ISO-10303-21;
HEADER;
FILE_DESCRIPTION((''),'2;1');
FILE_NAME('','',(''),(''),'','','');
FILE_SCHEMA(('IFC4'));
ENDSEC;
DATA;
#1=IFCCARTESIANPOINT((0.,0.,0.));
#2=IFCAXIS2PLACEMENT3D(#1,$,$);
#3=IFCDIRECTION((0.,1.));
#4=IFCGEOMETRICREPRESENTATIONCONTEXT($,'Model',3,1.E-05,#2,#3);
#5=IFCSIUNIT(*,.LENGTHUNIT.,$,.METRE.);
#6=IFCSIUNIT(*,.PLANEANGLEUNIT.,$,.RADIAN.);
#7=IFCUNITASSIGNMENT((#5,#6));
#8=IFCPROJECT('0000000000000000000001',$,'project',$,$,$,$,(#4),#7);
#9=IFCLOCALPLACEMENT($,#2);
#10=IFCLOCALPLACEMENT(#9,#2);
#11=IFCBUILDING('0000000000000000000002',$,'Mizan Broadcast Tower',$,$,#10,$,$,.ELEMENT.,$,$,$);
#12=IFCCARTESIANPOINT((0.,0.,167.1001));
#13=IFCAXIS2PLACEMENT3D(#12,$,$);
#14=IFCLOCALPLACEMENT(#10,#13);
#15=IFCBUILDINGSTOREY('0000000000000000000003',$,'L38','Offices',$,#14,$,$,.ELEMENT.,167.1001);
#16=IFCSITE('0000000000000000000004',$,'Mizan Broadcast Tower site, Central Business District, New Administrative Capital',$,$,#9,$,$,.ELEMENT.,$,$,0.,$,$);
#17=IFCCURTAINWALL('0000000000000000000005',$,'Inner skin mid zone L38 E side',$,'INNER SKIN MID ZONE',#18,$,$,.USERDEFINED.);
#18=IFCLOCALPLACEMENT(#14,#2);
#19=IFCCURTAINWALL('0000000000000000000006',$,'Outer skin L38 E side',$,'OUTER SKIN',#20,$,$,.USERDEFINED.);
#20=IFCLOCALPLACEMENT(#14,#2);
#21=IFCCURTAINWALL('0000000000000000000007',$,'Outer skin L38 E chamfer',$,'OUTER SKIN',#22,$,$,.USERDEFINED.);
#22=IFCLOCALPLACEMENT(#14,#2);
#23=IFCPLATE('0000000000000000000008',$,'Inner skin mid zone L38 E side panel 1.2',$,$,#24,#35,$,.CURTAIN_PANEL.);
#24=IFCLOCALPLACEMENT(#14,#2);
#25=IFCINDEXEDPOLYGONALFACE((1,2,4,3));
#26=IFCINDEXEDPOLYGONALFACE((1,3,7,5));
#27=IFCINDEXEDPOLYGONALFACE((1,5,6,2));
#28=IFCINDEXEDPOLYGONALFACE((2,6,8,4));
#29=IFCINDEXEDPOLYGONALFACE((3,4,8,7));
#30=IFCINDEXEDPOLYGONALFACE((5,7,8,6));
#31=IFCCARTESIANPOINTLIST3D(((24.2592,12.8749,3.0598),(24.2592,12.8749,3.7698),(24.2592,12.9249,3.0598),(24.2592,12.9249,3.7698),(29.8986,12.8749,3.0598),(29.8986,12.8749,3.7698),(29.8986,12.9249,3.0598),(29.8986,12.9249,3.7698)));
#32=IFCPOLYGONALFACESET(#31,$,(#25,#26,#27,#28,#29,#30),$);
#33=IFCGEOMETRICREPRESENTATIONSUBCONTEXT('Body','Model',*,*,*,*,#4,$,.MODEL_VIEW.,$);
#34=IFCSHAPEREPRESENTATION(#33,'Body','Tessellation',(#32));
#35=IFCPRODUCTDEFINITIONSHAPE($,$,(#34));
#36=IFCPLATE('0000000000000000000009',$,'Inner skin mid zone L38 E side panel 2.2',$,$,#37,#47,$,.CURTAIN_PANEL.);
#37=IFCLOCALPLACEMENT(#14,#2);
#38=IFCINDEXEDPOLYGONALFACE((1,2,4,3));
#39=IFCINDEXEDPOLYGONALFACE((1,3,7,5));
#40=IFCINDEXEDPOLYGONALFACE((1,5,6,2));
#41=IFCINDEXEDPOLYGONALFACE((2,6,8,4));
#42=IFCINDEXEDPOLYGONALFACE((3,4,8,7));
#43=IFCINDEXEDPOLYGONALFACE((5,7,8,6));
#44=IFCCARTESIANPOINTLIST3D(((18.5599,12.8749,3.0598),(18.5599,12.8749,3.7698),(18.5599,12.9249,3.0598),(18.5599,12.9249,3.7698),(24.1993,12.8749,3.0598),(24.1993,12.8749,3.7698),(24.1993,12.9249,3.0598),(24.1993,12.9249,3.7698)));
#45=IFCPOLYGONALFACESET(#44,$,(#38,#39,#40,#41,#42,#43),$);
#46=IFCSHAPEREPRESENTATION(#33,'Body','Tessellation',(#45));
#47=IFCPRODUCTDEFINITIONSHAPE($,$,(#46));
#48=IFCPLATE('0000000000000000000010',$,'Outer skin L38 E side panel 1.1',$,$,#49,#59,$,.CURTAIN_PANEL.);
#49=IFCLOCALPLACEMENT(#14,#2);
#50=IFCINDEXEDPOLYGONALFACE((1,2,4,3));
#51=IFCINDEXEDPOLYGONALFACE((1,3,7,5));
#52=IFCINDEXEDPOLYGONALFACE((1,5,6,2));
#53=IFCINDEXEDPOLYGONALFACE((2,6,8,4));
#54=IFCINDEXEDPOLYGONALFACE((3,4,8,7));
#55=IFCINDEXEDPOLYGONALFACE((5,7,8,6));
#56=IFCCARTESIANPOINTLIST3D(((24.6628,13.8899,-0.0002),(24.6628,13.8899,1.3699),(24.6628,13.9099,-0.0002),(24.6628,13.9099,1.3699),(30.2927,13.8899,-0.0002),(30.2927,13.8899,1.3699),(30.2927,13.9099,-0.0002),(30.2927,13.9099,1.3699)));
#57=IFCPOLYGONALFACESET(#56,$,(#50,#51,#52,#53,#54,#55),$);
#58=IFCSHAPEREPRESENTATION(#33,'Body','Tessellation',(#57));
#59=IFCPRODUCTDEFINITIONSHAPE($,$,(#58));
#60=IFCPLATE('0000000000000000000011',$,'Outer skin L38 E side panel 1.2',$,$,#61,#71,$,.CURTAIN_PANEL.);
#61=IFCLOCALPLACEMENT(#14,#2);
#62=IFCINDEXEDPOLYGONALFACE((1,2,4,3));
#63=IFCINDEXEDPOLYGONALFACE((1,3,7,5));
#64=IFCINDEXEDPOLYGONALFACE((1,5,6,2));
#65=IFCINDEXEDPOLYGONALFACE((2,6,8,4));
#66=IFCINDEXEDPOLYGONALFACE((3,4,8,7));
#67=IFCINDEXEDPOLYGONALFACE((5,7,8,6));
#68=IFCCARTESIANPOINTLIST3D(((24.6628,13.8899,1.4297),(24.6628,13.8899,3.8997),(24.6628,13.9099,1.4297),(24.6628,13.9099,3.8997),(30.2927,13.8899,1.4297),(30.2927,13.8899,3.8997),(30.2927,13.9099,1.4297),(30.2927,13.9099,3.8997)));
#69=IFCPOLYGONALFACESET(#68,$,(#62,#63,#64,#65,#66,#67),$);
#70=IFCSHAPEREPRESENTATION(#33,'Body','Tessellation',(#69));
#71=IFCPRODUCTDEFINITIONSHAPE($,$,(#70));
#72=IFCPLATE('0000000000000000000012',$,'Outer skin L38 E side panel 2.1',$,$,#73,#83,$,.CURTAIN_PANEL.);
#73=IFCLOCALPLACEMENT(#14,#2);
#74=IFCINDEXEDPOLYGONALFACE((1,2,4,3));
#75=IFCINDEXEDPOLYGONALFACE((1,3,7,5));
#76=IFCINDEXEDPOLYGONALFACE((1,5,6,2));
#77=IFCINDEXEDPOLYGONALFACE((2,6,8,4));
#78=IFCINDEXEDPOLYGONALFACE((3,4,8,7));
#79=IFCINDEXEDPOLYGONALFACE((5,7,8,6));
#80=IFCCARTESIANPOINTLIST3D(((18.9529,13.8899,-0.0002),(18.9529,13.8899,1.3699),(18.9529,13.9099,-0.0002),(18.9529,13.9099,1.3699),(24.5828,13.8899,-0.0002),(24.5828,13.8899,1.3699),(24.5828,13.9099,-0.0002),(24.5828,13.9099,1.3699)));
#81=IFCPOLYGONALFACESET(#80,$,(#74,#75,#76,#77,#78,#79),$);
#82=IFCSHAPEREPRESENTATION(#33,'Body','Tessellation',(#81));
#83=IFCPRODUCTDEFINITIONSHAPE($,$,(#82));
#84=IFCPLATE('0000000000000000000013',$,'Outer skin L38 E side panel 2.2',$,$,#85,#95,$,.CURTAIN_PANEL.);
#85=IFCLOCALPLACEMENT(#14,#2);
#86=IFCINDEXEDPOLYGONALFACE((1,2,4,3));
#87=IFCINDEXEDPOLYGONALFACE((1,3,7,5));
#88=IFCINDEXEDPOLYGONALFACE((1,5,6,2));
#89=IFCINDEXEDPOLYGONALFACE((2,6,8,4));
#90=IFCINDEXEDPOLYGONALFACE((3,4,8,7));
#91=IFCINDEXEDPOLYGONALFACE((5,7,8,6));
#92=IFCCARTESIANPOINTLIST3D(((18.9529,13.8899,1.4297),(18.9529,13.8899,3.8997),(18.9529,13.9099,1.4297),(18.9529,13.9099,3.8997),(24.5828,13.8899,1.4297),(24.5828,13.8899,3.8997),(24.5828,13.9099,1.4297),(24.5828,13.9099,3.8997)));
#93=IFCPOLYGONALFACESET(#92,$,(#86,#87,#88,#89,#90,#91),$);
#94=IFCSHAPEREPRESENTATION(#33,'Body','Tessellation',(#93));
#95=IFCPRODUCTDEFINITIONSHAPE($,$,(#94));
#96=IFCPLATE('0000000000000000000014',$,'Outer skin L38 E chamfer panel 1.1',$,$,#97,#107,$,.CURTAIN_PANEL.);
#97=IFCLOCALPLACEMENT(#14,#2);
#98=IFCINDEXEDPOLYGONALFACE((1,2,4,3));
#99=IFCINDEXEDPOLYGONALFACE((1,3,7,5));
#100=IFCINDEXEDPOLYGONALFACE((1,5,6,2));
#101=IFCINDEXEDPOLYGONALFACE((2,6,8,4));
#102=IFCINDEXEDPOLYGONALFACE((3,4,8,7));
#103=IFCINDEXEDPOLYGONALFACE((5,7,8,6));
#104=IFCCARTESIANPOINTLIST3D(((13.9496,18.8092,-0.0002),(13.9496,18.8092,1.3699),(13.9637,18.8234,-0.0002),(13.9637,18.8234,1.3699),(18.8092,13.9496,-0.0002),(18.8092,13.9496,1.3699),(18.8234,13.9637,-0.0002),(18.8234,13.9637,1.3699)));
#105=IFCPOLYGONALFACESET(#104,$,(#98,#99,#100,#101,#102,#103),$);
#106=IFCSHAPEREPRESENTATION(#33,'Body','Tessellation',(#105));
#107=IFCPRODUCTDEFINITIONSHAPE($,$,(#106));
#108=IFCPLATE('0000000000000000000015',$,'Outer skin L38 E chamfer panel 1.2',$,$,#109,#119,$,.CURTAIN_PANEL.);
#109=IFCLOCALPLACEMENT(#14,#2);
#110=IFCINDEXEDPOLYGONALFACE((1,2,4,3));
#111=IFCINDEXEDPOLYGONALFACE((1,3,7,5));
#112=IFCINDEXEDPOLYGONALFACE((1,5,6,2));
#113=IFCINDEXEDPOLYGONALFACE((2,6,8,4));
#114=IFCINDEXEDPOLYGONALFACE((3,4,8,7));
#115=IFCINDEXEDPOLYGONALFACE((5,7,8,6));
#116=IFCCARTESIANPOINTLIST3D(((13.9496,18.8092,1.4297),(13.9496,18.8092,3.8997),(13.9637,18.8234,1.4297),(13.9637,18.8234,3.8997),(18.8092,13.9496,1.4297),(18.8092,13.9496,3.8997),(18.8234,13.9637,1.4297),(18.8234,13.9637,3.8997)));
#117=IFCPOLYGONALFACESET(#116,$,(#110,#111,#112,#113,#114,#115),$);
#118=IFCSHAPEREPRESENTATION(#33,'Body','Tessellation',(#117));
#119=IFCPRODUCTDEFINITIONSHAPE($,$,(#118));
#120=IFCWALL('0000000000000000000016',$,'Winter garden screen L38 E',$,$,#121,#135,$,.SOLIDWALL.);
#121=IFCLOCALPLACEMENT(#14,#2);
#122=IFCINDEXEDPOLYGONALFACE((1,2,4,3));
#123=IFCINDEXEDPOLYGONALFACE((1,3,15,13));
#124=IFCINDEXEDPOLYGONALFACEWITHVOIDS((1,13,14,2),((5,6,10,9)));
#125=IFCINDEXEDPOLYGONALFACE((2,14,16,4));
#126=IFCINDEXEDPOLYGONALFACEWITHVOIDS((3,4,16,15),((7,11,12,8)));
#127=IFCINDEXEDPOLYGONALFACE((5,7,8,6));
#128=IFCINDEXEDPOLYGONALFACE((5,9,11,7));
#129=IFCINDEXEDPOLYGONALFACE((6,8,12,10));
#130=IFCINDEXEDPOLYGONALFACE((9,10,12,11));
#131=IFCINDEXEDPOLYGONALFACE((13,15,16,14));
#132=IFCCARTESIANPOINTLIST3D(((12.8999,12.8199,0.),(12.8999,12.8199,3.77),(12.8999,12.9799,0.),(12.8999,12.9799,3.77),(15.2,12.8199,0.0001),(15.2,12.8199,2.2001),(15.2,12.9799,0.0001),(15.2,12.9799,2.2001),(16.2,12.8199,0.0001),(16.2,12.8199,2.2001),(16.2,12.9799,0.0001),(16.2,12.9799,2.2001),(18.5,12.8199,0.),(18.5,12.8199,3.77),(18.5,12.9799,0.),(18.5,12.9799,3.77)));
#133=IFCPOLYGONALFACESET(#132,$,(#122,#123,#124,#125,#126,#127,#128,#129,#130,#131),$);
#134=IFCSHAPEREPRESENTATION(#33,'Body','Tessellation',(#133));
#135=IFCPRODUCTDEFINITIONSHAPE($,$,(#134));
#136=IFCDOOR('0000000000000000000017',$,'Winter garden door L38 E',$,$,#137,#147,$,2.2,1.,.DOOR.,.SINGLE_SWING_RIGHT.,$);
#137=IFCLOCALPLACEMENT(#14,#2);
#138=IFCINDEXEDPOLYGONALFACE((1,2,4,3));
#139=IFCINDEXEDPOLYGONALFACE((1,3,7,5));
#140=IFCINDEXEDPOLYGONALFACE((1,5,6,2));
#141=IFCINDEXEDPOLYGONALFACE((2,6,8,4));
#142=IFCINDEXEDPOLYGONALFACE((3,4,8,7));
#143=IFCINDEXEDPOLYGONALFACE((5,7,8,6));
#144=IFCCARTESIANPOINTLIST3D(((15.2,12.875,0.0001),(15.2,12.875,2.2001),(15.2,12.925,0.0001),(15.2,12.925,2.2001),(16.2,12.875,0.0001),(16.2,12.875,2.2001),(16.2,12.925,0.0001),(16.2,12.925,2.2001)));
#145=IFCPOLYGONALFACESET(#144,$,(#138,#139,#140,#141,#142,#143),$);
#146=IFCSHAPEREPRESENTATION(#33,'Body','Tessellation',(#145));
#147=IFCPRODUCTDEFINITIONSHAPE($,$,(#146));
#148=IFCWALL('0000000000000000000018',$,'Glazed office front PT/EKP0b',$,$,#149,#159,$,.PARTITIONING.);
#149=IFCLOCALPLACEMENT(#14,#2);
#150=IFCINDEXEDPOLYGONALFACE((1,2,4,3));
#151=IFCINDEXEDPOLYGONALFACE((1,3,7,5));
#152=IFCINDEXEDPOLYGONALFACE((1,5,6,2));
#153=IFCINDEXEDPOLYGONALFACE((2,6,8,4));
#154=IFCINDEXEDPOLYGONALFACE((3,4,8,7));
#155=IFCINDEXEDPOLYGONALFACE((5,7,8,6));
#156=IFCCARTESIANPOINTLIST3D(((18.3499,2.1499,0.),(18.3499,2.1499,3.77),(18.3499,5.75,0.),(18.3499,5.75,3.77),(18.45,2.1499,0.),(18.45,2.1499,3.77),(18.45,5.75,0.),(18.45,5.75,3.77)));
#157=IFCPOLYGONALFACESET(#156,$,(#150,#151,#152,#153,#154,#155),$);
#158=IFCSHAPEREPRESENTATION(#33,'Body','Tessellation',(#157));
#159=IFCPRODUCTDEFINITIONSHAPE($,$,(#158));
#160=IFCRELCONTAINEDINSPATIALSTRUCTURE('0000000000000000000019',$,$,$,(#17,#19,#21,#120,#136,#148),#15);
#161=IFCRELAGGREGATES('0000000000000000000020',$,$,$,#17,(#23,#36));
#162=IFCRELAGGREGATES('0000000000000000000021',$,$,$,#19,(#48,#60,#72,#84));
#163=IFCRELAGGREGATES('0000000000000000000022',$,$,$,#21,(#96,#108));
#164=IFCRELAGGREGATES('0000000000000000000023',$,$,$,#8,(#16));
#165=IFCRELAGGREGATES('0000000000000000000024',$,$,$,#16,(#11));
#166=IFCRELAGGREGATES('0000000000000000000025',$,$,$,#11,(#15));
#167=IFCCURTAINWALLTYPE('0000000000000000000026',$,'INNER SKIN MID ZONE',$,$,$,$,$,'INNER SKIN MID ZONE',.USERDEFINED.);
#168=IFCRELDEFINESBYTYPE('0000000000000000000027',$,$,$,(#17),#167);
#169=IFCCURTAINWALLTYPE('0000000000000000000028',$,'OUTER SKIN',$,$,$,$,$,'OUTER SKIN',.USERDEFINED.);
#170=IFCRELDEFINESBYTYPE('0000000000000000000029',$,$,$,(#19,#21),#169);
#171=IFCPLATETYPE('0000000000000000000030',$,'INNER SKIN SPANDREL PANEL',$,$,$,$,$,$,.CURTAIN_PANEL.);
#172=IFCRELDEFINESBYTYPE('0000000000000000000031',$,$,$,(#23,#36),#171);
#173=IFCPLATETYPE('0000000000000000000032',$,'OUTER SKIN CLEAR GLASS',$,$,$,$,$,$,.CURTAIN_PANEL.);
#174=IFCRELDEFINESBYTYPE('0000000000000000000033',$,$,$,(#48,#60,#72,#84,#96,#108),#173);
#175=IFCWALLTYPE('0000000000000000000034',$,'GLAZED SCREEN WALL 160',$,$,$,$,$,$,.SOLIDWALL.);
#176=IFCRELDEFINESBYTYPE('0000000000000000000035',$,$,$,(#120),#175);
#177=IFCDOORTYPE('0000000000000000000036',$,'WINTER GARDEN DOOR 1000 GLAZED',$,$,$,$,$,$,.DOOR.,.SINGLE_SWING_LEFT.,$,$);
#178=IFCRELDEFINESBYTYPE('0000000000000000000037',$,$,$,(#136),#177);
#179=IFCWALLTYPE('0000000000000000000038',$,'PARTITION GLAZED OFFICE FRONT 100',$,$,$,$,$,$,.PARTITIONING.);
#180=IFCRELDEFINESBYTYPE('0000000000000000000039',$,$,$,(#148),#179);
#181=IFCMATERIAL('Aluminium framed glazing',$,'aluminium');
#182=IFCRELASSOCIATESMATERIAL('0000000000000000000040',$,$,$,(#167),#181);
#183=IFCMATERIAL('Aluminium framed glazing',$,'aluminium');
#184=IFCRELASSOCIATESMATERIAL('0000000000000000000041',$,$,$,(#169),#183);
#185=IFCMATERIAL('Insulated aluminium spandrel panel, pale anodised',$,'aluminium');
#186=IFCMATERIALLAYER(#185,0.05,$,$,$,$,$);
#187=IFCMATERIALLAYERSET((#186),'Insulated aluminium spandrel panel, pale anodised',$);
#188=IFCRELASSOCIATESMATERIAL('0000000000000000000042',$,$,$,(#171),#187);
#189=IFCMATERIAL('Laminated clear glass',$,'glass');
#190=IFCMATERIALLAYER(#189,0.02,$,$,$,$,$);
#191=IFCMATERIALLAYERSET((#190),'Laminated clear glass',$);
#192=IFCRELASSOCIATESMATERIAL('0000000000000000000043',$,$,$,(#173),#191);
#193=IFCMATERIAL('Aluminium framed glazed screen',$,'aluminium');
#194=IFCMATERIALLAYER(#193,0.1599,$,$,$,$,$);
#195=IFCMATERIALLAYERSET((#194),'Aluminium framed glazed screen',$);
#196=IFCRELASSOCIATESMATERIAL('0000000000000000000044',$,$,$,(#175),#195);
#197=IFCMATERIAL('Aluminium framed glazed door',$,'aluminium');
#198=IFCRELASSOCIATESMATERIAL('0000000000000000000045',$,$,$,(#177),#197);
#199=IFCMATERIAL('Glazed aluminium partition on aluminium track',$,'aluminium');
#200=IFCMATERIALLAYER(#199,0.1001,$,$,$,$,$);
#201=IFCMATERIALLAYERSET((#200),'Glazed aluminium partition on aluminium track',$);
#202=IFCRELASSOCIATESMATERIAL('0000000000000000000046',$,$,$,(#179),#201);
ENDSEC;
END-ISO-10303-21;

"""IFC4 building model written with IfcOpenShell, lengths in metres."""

from ifc_helpers import new_model, si_unit, direction, frame, frame_2d, origin, origin_2d, place, context, subcontext, project, spatial, rectangle, extrude, material, layer, layer_set, type_object, element, fill, aggregate, save


model = new_model("IFC4")

# Units and contexts
model_context = context("Model", 3, precision=1e-05, world=origin(), true_north=direction((0.0, 1.0)))
body_context = subcontext(model_context, "Body", "Model", "MODEL_VIEW")
ifc_project = project(units=[si_unit("LENGTHUNIT", "METRE"), si_unit("PLANEANGLEUNIT", "RADIAN")], contexts=[model_context])

# Site, building, storey
site_placement = place(None, origin())
site = spatial("IfcSite", under=ifc_project, at=site_placement, Name="Mizan Broadcast Tower site, Central Business District, New Administrative Capital", CompositionType="ELEMENT", RefElevation=0.0)
building_placement = place(site_placement, origin())
building = spatial("IfcBuilding", under=site, at=building_placement, Name="Mizan Broadcast Tower", CompositionType="ELEMENT")
storey_placement = place(building_placement, frame((0.0, 0.0, 167.1001)))
storey = spatial("IfcBuildingStorey", under=building, at=storey_placement, Name="L38", Description="Offices", CompositionType="ELEMENT", Elevation=167.1001)

# Curtain walls
ifc_material_1 = material(Name="Aluminium framed glazing", Category="aluminium")
curtain_wall_type_1 = type_object("IfcCurtainWallType", Name="INNER SKIN MID ZONE", ElementType="INNER SKIN MID ZONE", PredefinedType="USERDEFINED", material=ifc_material_1)
curtain_wall_1_placement = place(storey_placement, origin())
curtain_wall_1 = element("IfcCurtainWall", 1, at=curtain_wall_1_placement, inside=storey, type_object=curtain_wall_type_1, Name="Inner skin mid zone L38 E side", ObjectType="INNER SKIN MID ZONE", PredefinedType="USERDEFINED")
ifc_material_2 = material(Name="Aluminium framed glazing", Category="aluminium")
curtain_wall_type_2 = type_object("IfcCurtainWallType", Name="OUTER SKIN", ElementType="OUTER SKIN", PredefinedType="USERDEFINED", material=ifc_material_2)
curtain_wall_2_placement = place(storey_placement, origin())
curtain_wall_2 = element("IfcCurtainWall", 2, at=curtain_wall_2_placement, inside=storey, type_object=curtain_wall_type_2, Name="Outer skin L38 E side", ObjectType="OUTER SKIN", PredefinedType="USERDEFINED")

# Curtain wall
curtain_wall_3_placement = place(storey_placement, origin())
curtain_wall_3 = element("IfcCurtainWall", 3, at=curtain_wall_3_placement, inside=storey, type_object=curtain_wall_type_2, Name="Outer skin L38 E chamfer", ObjectType="OUTER SKIN", PredefinedType="USERDEFINED")

# Plates
ifc_material_3 = material(Name="Insulated aluminium spandrel panel, pale anodised", Category="aluminium")
ifc_layer_1 = layer(ifc_material_3, 0.05)
ifc_layer_set_1 = layer_set([ifc_layer_1], Name="Insulated aluminium spandrel panel, pale anodised")
plate_type_1 = type_object("IfcPlateType", Name="INNER SKIN SPANDREL PANEL", PredefinedType="CURTAIN_PANEL", material=ifc_layer_set_1)
plate_1_placement = place(storey_placement, frame((27.0789, 12.8999, 3.0598), z_axis=(0.0, 0.0, 1.0), x_axis=(-1.0, 0.0, 0.0)))
plate_1 = element("IfcPlate", 4, at=plate_1_placement, type_object=plate_type_1, Name="Inner skin mid zone L38 E side panel 1.2", PredefinedType="CURTAIN_PANEL", context=body_context, shape_type="SweptSolid", body=[
    extrude(rectangle(XDim=5.6394, YDim=0.05, at=origin_2d()), origin(), (0.0, 0.0, 1.0), 0.71),
])
plate_2_placement = place(storey_placement, frame((21.3796, 12.8999, 3.0598), z_axis=(0.0, 0.0, 1.0), x_axis=(-1.0, 0.0, 0.0)))
plate_2 = element("IfcPlate", 5, at=plate_2_placement, type_object=plate_type_1, Name="Inner skin mid zone L38 E side panel 2.2", PredefinedType="CURTAIN_PANEL", context=body_context, shape_type="SweptSolid", body=[
    extrude(rectangle(XDim=5.6394, YDim=0.05, at=origin_2d()), origin(), (0.0, 0.0, 1.0), 0.71),
])
aggregate(curtain_wall_1, [plate_1, plate_2])
ifc_material_4 = material(Name="Laminated clear glass", Category="glass")
ifc_layer_2 = layer(ifc_material_4, 0.02)
ifc_layer_set_2 = layer_set([ifc_layer_2], Name="Laminated clear glass")
plate_type_2 = type_object("IfcPlateType", Name="OUTER SKIN CLEAR GLASS", PredefinedType="CURTAIN_PANEL", material=ifc_layer_set_2)
plate_3_placement = place(storey_placement, frame((27.4778, 13.8999, -0.0002), z_axis=(0.0, 0.0, 1.0), x_axis=(-1.0, 0.0, 0.0)))
plate_3 = element("IfcPlate", 6, at=plate_3_placement, type_object=plate_type_2, Name="Outer skin L38 E side panel 1.1", PredefinedType="CURTAIN_PANEL", context=body_context, shape_type="SweptSolid", body=[
    extrude(rectangle(XDim=5.6299, YDim=0.02, at=origin_2d()), origin(), (0.0, 0.0, 1.0), 1.3701),
])
plate_4_placement = place(storey_placement, frame((27.4778, 13.8999, 1.4297), z_axis=(0.0, 0.0, 1.0), x_axis=(-1.0, 0.0, 0.0)))
plate_4 = element("IfcPlate", 7, at=plate_4_placement, type_object=plate_type_2, Name="Outer skin L38 E side panel 1.2", PredefinedType="CURTAIN_PANEL", context=body_context, shape_type="SweptSolid", body=[
    extrude(rectangle(XDim=5.6299, YDim=0.02, at=origin_2d()), origin(), (0.0, 0.0, 1.0), 2.47),
])
plate_5_placement = place(storey_placement, frame((21.7678, 13.8999, -0.0002), z_axis=(0.0, 0.0, 1.0), x_axis=(-1.0, 0.0, 0.0)))
plate_5 = element("IfcPlate", 8, at=plate_5_placement, type_object=plate_type_2, Name="Outer skin L38 E side panel 2.1", PredefinedType="CURTAIN_PANEL", context=body_context, shape_type="SweptSolid", body=[
    extrude(rectangle(XDim=5.6299, YDim=0.02, at=origin_2d()), origin(), (0.0, 0.0, 1.0), 1.3701),
])
plate_6_placement = place(storey_placement, frame((21.7678, 13.8999, 1.4297), z_axis=(0.0, 0.0, 1.0), x_axis=(-1.0, 0.0, 0.0)))
plate_6 = element("IfcPlate", 9, at=plate_6_placement, type_object=plate_type_2, Name="Outer skin L38 E side panel 2.2", PredefinedType="CURTAIN_PANEL", context=body_context, shape_type="SweptSolid", body=[
    extrude(rectangle(XDim=5.6299, YDim=0.02, at=origin_2d()), origin(), (0.0, 0.0, 1.0), 2.47),
])
aggregate(curtain_wall_2, [plate_3, plate_4, plate_5, plate_6])
plate_7_placement = place(storey_placement, frame((16.3865, 16.3865, -0.0002), z_axis=(0.0, 0.0, 1.0), x_axis=(-0.707107, 0.707107, 0.0)))
plate_7 = element("IfcPlate", 10, at=plate_7_placement, type_object=plate_type_2, Name="Outer skin L38 E chamfer panel 1.1", PredefinedType="CURTAIN_PANEL", context=body_context, shape_type="SweptSolid", body=[
    extrude(rectangle(XDim=6.8726, YDim=0.02, at=origin_2d()), origin(), (0.0, 0.0, 1.0), 1.3701),
])
plate_8_placement = place(storey_placement, frame((16.3865, 16.3865, 1.4297), z_axis=(0.0, 0.0, 1.0), x_axis=(-0.707107, 0.707107, 0.0)))
plate_8 = element("IfcPlate", 11, at=plate_8_placement, type_object=plate_type_2, Name="Outer skin L38 E chamfer panel 1.2", PredefinedType="CURTAIN_PANEL", context=body_context, shape_type="SweptSolid", body=[
    extrude(rectangle(XDim=6.8726, YDim=0.02, at=origin_2d()), origin(), (0.0, 0.0, 1.0), 2.47),
])
aggregate(curtain_wall_3, [plate_7, plate_8])

# Wall, opening, door
ifc_material_5 = material(Name="Aluminium framed glazed screen", Category="aluminium")
ifc_layer_3 = layer(ifc_material_5, 0.1599)
ifc_layer_set_3 = layer_set([ifc_layer_3], Name="Aluminium framed glazed screen")
wall_type_1 = type_object("IfcWallType", Name="GLAZED SCREEN WALL 160", PredefinedType="SOLIDWALL", material=ifc_layer_set_3)
wall_1_placement = place(storey_placement, frame((18.5, 12.8999, 0.0), z_axis=(0.0, 0.0, 1.0), x_axis=(-1.0, 0.0, 0.0)))
wall_1 = element("IfcWall", 12, at=wall_1_placement, inside=storey, type_object=wall_type_1, Name="Winter garden screen L38 E", PredefinedType="SOLIDWALL", context=body_context, shape_type="SweptSolid", body=[
    extrude(rectangle(XDim=5.6001, YDim=0.1599, at=frame_2d((2.8, 0.0))), origin(), (0.0, 0.0, 1.0), 3.77),
])
opening_placement = place(wall_1_placement, frame((2.3, 0.0, 0.0)))
opening = element("IfcOpeningElement", 13, at=opening_placement, cuts=wall_1, PredefinedType="OPENING", context=body_context, shape_type="SweptSolid", body=[
    extrude(rectangle(XDim=1.0, YDim=2.2, at=frame_2d((0.5, 1.1001))), frame((0.0, 0.0898, 0.0), z_axis=(0.0, -1.0, 0.0), x_axis=(1.0, 0.0, 0.0)), (0.0, 0.0, 1.0), 0.1799),
])
ifc_material_6 = material(Name="Aluminium framed glazed door", Category="aluminium")
door_type = type_object("IfcDoorType", Name="WINTER GARDEN DOOR 1000 GLAZED", OperationType="SINGLE_SWING_LEFT", PredefinedType="DOOR", material=ifc_material_6)
door_placement = place(opening_placement, origin())
door = element("IfcDoor", 14, at=door_placement, inside=storey, type_object=door_type, Name="Winter garden door L38 E", OperationType="SINGLE_SWING_RIGHT", OverallHeight=2.2, OverallWidth=1.0, PredefinedType="DOOR", context=body_context, shape_type="SweptSolid", body=[
    extrude(rectangle(XDim=1.0, YDim=2.2, at=frame_2d((0.5, 1.1001))), frame((0.0, 0.0249, 0.0), z_axis=(0.0, -1.0, 0.0), x_axis=(1.0, 0.0, 0.0)), (0.0, 0.0, 1.0), 0.05),
])
fill(opening, door)

# Wall
ifc_material_7 = material(Name="Glazed aluminium partition on aluminium track", Category="aluminium")
ifc_layer_4 = layer(ifc_material_7, 0.1001)
ifc_layer_set_4 = layer_set([ifc_layer_4], Name="Glazed aluminium partition on aluminium track")
wall_type_2 = type_object("IfcWallType", Name="PARTITION GLAZED OFFICE FRONT 100", PredefinedType="PARTITIONING", material=ifc_layer_set_4)
wall_2_placement = place(storey_placement, frame((18.3999, 2.1499, 0.0), z_axis=(0.0, 0.0, 1.0), x_axis=(0.0, 1.0, 0.0)))
element("IfcWall", 15, at=wall_2_placement, inside=storey, type_object=wall_type_2, Name="Glazed office front PT/EKP0b", PredefinedType="PARTITIONING", context=body_context, shape_type="SweptSolid", body=[
    extrude(rectangle(XDim=3.6001, YDim=0.1001, at=frame_2d((1.8, 0.0))), origin(), (0.0, 0.0, 1.0), 3.77),
])

save(model, "model.ifc")
